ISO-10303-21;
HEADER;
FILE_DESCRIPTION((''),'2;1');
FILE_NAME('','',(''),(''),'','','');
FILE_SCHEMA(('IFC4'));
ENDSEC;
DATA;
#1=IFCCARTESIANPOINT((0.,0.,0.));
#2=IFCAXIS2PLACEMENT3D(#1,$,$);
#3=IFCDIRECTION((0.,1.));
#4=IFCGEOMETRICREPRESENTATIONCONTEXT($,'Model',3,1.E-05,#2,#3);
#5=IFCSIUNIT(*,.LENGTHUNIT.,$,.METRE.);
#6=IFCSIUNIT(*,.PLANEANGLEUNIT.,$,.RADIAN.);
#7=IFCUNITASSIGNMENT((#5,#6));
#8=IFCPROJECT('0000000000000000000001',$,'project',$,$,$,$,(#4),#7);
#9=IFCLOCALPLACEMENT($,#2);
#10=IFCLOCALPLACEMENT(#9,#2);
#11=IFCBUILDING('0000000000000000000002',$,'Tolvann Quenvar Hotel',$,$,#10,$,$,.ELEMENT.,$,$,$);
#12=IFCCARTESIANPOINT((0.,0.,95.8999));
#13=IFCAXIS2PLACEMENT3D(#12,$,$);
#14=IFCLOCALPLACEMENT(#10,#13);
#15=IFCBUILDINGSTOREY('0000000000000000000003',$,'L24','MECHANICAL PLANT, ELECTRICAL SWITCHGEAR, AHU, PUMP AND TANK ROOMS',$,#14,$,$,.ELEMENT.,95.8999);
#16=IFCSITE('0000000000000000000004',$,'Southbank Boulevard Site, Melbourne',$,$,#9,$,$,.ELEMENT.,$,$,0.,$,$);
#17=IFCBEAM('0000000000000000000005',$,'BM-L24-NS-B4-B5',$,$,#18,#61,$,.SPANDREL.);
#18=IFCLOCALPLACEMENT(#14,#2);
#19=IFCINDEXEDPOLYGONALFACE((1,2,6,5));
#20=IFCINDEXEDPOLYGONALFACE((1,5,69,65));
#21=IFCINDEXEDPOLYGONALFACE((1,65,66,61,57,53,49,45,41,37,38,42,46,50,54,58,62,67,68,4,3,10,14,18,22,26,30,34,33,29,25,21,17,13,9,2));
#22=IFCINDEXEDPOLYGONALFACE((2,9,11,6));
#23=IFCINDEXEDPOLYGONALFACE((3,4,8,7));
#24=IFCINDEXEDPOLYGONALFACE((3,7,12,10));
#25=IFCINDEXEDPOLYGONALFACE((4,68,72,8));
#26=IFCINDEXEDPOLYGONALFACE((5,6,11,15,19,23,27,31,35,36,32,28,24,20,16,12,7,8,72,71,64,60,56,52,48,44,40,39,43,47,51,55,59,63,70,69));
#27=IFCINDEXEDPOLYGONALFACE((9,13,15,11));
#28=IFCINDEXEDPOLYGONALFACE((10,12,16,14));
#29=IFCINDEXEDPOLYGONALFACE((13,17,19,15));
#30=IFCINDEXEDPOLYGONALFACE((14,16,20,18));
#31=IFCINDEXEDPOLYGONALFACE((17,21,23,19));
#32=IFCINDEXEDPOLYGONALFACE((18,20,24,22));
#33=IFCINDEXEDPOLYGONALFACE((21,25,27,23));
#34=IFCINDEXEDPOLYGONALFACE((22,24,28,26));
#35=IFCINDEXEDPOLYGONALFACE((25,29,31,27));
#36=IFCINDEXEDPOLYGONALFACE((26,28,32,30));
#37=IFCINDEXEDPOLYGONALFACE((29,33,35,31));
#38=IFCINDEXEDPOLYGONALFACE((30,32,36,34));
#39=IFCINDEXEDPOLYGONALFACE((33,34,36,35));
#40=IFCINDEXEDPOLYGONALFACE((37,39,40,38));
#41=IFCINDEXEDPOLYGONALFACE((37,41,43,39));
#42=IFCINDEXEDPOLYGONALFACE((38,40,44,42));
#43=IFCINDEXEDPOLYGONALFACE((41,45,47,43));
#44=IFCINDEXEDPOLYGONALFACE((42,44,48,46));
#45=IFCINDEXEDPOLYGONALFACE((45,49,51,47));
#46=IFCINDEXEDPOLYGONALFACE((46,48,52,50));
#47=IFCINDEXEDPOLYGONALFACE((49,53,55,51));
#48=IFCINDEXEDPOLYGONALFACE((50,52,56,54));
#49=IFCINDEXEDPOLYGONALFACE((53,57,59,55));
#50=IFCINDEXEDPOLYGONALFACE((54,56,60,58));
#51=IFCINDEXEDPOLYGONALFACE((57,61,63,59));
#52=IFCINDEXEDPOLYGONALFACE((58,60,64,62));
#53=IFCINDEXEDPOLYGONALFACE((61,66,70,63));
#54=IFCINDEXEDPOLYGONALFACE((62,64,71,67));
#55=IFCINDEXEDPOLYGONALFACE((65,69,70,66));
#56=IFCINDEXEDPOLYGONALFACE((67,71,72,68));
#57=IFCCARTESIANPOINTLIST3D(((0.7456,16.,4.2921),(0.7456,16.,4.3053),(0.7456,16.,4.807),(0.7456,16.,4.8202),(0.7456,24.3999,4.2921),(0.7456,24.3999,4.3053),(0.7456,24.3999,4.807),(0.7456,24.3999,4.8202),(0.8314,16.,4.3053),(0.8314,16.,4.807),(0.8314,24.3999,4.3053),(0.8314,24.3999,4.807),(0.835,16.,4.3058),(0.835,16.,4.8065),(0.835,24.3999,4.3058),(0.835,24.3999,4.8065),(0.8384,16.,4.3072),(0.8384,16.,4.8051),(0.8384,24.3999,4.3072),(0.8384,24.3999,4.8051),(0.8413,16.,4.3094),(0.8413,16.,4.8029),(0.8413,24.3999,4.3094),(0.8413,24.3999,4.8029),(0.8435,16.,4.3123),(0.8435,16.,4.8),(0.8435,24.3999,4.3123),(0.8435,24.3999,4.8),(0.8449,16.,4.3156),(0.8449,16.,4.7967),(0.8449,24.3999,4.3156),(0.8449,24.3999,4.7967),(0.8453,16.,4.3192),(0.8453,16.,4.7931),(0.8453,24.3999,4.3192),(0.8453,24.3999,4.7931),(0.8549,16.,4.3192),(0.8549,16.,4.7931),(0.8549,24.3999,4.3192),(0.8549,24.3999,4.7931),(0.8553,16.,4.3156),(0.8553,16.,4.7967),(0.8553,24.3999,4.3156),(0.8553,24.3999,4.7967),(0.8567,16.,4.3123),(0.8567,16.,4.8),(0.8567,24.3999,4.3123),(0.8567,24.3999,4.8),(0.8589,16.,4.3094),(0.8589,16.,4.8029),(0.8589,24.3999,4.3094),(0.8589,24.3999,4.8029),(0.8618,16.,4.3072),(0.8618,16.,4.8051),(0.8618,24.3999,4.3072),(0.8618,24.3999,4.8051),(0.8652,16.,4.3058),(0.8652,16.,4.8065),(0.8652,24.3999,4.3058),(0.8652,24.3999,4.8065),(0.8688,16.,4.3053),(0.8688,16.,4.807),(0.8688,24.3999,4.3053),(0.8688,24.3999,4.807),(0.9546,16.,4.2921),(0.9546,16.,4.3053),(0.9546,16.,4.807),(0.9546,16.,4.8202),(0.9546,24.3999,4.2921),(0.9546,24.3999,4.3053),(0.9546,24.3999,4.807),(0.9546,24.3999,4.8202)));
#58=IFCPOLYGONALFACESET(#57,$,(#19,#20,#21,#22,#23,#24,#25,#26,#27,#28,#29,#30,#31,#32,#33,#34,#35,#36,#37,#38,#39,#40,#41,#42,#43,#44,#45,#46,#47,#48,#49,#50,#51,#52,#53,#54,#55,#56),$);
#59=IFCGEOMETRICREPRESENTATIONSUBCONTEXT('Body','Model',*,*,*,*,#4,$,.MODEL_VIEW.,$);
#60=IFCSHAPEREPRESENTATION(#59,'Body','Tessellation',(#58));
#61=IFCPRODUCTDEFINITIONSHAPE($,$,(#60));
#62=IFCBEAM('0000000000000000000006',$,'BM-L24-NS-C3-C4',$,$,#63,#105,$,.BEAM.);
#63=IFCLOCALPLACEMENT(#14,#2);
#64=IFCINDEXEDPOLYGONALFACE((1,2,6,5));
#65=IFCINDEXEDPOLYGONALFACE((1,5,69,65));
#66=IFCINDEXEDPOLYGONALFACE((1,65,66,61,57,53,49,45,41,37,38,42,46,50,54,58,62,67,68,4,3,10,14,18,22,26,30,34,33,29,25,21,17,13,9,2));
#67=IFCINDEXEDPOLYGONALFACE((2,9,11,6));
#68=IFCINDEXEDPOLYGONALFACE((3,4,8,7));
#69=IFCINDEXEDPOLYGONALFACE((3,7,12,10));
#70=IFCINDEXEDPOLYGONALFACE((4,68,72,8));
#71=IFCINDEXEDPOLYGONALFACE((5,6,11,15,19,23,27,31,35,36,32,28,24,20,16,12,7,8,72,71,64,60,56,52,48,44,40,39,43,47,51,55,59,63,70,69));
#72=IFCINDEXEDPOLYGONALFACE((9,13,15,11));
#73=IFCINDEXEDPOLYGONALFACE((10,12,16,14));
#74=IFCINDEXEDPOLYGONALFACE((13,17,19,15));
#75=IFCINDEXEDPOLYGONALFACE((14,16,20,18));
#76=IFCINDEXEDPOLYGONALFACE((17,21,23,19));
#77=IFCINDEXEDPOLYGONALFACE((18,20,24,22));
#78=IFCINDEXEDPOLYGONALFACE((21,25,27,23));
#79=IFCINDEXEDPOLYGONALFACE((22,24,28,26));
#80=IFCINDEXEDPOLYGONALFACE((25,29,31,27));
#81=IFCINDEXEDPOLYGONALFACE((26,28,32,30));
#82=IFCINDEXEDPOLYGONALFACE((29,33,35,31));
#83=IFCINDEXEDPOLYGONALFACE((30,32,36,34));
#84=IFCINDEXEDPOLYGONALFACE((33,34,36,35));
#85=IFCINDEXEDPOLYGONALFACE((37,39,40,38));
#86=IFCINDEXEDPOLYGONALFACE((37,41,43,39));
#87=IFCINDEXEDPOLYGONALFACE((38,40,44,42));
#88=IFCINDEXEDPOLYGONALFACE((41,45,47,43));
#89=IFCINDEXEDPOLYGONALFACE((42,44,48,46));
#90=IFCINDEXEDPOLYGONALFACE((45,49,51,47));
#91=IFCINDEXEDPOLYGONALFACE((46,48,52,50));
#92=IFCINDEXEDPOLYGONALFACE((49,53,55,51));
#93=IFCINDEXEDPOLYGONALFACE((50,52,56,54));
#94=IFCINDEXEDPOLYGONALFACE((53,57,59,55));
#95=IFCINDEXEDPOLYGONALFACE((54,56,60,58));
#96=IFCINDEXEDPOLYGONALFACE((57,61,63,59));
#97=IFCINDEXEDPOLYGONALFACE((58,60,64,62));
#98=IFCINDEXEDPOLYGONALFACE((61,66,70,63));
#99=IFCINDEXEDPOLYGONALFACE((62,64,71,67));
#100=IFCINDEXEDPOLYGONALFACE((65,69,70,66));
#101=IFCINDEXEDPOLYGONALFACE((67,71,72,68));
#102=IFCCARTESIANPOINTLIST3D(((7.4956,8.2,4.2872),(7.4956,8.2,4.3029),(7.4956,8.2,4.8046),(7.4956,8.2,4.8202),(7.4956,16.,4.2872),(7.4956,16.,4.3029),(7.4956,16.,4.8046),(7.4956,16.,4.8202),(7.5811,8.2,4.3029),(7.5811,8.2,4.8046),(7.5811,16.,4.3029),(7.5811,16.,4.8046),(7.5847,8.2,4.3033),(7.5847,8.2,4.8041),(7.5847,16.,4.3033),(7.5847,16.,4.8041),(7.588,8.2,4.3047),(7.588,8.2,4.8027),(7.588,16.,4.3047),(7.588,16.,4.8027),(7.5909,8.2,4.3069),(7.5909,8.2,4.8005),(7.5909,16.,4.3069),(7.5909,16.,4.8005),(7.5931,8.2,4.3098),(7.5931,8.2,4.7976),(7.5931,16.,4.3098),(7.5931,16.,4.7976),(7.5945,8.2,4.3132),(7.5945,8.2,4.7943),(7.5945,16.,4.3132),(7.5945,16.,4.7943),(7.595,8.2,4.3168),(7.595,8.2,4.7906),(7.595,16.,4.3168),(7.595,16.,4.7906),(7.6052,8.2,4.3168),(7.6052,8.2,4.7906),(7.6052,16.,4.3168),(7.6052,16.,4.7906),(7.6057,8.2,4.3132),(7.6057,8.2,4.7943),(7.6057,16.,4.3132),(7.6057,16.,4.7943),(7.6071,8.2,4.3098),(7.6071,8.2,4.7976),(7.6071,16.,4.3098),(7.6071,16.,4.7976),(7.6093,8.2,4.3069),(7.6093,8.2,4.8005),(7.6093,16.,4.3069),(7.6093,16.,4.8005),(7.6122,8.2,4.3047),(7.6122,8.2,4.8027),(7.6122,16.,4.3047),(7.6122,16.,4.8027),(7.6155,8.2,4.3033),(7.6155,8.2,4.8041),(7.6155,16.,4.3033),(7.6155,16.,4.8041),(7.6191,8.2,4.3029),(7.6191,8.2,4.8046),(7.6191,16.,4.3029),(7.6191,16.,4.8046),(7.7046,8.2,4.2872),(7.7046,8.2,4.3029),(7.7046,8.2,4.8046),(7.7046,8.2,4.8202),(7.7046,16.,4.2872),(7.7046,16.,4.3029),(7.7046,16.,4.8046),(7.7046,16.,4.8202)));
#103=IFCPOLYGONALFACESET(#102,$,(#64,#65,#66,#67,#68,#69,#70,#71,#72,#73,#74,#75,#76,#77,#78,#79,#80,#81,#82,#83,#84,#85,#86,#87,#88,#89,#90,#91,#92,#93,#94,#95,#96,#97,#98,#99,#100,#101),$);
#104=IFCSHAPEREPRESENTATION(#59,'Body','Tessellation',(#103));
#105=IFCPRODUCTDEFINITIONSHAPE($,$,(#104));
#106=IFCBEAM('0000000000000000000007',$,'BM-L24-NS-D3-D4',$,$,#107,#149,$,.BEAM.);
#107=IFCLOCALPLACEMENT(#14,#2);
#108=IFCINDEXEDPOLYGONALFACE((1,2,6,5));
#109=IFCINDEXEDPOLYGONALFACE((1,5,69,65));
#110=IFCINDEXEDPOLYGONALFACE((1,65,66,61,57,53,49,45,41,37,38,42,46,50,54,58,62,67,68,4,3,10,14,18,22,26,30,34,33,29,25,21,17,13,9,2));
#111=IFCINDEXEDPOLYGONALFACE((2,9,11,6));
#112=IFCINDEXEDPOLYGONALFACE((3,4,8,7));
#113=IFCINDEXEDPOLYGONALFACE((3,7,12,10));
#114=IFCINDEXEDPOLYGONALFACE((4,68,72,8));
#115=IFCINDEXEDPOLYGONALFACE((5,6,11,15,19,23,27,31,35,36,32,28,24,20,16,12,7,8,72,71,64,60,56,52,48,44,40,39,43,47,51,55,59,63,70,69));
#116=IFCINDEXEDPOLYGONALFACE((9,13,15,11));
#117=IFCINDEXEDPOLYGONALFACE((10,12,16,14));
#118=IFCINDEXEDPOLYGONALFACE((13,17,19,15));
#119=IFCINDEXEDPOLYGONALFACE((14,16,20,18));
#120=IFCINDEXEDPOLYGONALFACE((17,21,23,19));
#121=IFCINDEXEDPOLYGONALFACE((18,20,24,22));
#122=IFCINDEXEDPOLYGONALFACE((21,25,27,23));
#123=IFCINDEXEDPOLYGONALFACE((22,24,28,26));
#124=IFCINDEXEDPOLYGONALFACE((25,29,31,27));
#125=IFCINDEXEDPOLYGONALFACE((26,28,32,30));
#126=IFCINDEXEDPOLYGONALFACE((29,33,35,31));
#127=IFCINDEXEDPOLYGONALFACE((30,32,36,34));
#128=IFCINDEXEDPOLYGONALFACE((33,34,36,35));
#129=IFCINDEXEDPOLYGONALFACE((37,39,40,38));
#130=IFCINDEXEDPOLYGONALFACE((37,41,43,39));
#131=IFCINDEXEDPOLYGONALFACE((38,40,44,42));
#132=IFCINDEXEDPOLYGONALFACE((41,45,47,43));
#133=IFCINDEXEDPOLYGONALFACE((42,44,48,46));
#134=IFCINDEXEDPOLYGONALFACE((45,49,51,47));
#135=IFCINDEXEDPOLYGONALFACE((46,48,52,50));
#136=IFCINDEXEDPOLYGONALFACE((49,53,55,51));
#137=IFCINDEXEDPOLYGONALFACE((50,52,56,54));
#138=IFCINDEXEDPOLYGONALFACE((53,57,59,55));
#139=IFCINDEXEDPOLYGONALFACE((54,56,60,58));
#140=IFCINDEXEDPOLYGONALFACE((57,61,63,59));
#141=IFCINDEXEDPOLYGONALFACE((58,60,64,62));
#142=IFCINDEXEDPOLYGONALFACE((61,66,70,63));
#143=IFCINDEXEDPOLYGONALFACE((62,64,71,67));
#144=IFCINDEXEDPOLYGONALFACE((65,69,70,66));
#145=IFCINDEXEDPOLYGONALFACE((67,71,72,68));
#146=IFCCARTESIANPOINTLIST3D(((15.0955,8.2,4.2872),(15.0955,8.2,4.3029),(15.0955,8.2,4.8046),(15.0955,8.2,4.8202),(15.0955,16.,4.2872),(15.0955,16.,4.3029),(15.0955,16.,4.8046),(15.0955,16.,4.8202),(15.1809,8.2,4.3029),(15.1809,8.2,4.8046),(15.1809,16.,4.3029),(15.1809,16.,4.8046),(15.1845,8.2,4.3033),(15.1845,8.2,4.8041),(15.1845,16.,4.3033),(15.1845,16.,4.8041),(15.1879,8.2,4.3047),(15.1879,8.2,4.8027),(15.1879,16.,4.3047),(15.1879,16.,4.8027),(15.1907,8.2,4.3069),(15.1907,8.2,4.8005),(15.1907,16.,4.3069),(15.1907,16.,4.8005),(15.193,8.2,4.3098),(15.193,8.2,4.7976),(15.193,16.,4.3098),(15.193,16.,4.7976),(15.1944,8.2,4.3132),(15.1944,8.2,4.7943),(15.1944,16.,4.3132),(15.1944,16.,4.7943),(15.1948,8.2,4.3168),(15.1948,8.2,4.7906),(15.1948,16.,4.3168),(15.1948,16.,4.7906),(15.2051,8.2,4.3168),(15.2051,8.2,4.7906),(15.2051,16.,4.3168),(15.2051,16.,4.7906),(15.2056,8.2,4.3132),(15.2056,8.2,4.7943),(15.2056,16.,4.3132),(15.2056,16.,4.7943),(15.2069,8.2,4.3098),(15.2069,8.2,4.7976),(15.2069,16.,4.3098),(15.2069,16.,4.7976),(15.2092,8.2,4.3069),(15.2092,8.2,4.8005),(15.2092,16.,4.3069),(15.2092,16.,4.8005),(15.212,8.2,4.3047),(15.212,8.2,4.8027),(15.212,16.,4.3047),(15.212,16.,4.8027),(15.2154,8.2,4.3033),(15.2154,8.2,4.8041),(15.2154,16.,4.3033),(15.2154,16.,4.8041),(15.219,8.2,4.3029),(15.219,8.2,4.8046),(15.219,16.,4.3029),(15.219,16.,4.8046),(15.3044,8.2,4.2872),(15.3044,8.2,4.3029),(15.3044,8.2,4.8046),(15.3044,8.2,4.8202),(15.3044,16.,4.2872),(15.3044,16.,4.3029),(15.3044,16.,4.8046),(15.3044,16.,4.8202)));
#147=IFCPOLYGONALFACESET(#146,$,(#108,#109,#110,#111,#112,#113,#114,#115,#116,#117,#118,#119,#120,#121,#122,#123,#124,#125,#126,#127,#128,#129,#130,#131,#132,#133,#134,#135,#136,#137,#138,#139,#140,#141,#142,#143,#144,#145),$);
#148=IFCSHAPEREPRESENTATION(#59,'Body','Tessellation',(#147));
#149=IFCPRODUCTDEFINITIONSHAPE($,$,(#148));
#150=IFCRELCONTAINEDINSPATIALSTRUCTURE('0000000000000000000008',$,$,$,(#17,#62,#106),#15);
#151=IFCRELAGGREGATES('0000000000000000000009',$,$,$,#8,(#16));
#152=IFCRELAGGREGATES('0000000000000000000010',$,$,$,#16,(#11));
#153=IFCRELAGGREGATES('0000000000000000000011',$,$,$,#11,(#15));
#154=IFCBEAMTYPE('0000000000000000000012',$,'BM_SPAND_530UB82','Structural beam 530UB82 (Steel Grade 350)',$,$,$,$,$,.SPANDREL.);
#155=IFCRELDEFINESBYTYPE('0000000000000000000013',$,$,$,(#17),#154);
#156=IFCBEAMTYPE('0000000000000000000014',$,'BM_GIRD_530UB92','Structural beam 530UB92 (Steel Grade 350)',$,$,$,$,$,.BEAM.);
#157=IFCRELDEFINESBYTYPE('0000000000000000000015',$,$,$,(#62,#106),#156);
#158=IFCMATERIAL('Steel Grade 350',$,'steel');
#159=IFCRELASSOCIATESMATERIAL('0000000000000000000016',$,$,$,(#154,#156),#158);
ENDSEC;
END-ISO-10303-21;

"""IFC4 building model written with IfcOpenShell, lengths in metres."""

from ifc_helpers import new_model, si_unit, direction, frame, origin, origin_2d, place, context, subcontext, project, spatial, i_section, extrude, source, transform, mapped, material, material_profile, profile_set, type_object, type_shapes, element, save


model = new_model("IFC4")

# Units and contexts
model_context = context("Model", 3, precision=1e-05, world=origin(), true_north=direction((0.0, 1.0)))
body_context = subcontext(model_context, "Body", "Model", "MODEL_VIEW")
ifc_project = project(units=[si_unit("LENGTHUNIT", "METRE"), si_unit("PLANEANGLEUNIT", "RADIAN")], contexts=[model_context])

# Site, building, storey
site_placement = place(None, origin())
site = spatial("IfcSite", under=ifc_project, at=site_placement, Name="Southbank Boulevard Site, Melbourne", CompositionType="ELEMENT", RefElevation=0.0)
building_placement = place(site_placement, origin())
building = spatial("IfcBuilding", under=site, at=building_placement, Name="Tolvann Quenvar Hotel", CompositionType="ELEMENT")
storey_placement = place(building_placement, frame((0.0, 0.0, 95.8999)))
storey = spatial("IfcBuildingStorey", under=building, at=storey_placement, Name="L24", Description="MECHANICAL PLANT, ELECTRICAL SWITCHGEAR, AHU, PUMP AND TANK ROOMS", CompositionType="ELEMENT", Elevation=95.8999)

# Shared definitions
ifc_material_1 = material(Name="Steel Grade 350", Category="steel")

# Beams
ifc_material_profile_1 = material_profile(ifc_material_1, i_section(OverallWidth=0.209, OverallDepth=0.5281, WebThickness=0.0095, FlangeThickness=0.0132, FilletRadius=0.0139, at=origin_2d()), Name="530UB82")
ifc_profile_set_1 = profile_set([ifc_material_profile_1], Name="Steel Grade 350")
beam_type_1 = type_object("IfcBeamType", Name="BM_SPAND_530UB82", Description="Structural beam 530UB82 (Steel Grade 350)", PredefinedType="SPANDREL", material=ifc_profile_set_1)
shared_shape_1 = source(origin(), body_context, "Body", "SweptSolid", [
    extrude(i_section(OverallWidth=0.209, OverallDepth=0.5281, WebThickness=0.0095, FlangeThickness=0.0132, FilletRadius=0.0139, at=origin_2d()), origin(), (0.0, 0.0, 1.0), 8.3999),
])
beam_1_placement = place(storey_placement, frame((0.8501, 16.0, 4.5562), z_axis=(0.0, 1.0, 0.0), x_axis=(-1.0, 0.0, 0.0)))
element("IfcBeam", 1, at=beam_1_placement, inside=storey, type_object=beam_type_1, Name="BM-L24-NS-B4-B5", PredefinedType="SPANDREL", context=body_context, shape_type="MappedRepresentation", body=[
    mapped(shared_shape_1, transform((0.0, 0.0, 0.0), x_axis=(1.0, 0.0, 0.0), y_axis=(0.0, 1.0, 0.0), z_axis=(0.0, 0.0, 1.0), scale=1.0)),
])
ifc_material_profile_2 = material_profile(ifc_material_1, i_section(OverallWidth=0.209, OverallDepth=0.533, WebThickness=0.0103, FlangeThickness=0.0156, FilletRadius=0.0139, at=origin_2d()), Name="530UB92")
ifc_profile_set_2 = profile_set([ifc_material_profile_2], Name="Steel Grade 350")
beam_type_2 = type_object("IfcBeamType", Name="BM_GIRD_530UB92", Description="Structural beam 530UB92 (Steel Grade 350)", PredefinedType="BEAM", material=ifc_profile_set_2)
shared_shape_2 = source(origin(), body_context, "Body", "SweptSolid", [
    extrude(i_section(OverallWidth=0.209, OverallDepth=0.533, WebThickness=0.0103, FlangeThickness=0.0156, FilletRadius=0.0139, at=origin_2d()), origin(), (0.0, 0.0, 1.0), 7.8),
])
type_shapes(beam_type_2, [shared_shape_2])
for number, where, z_axis, x_axis, name in (
    (2, (7.6001, 8.2, 4.5537), (0.0, 1.0, 0.0), (-1.0, 0.0, 0.0), "BM-L24-NS-C3-C4"),
    (3, (15.2, 8.2, 4.5537), (0.0, 1.0, 0.0), (-1.0, 0.0, 0.0), "BM-L24-NS-D3-D4"),
):
    element("IfcBeam", number, at=place(storey_placement, frame(where, z_axis=z_axis, x_axis=x_axis)), inside=storey, type_object=beam_type_2, Name=name, PredefinedType="BEAM", context=body_context, shape_type="MappedRepresentation", body=[
        mapped(shared_shape_2, transform((0.0, 0.0, 0.0), x_axis=(1.0, 0.0, 0.0), y_axis=(0.0, 1.0, 0.0), z_axis=(0.0, 0.0, 1.0), scale=1.0)),
    ])

save(model, "model.ifc")
